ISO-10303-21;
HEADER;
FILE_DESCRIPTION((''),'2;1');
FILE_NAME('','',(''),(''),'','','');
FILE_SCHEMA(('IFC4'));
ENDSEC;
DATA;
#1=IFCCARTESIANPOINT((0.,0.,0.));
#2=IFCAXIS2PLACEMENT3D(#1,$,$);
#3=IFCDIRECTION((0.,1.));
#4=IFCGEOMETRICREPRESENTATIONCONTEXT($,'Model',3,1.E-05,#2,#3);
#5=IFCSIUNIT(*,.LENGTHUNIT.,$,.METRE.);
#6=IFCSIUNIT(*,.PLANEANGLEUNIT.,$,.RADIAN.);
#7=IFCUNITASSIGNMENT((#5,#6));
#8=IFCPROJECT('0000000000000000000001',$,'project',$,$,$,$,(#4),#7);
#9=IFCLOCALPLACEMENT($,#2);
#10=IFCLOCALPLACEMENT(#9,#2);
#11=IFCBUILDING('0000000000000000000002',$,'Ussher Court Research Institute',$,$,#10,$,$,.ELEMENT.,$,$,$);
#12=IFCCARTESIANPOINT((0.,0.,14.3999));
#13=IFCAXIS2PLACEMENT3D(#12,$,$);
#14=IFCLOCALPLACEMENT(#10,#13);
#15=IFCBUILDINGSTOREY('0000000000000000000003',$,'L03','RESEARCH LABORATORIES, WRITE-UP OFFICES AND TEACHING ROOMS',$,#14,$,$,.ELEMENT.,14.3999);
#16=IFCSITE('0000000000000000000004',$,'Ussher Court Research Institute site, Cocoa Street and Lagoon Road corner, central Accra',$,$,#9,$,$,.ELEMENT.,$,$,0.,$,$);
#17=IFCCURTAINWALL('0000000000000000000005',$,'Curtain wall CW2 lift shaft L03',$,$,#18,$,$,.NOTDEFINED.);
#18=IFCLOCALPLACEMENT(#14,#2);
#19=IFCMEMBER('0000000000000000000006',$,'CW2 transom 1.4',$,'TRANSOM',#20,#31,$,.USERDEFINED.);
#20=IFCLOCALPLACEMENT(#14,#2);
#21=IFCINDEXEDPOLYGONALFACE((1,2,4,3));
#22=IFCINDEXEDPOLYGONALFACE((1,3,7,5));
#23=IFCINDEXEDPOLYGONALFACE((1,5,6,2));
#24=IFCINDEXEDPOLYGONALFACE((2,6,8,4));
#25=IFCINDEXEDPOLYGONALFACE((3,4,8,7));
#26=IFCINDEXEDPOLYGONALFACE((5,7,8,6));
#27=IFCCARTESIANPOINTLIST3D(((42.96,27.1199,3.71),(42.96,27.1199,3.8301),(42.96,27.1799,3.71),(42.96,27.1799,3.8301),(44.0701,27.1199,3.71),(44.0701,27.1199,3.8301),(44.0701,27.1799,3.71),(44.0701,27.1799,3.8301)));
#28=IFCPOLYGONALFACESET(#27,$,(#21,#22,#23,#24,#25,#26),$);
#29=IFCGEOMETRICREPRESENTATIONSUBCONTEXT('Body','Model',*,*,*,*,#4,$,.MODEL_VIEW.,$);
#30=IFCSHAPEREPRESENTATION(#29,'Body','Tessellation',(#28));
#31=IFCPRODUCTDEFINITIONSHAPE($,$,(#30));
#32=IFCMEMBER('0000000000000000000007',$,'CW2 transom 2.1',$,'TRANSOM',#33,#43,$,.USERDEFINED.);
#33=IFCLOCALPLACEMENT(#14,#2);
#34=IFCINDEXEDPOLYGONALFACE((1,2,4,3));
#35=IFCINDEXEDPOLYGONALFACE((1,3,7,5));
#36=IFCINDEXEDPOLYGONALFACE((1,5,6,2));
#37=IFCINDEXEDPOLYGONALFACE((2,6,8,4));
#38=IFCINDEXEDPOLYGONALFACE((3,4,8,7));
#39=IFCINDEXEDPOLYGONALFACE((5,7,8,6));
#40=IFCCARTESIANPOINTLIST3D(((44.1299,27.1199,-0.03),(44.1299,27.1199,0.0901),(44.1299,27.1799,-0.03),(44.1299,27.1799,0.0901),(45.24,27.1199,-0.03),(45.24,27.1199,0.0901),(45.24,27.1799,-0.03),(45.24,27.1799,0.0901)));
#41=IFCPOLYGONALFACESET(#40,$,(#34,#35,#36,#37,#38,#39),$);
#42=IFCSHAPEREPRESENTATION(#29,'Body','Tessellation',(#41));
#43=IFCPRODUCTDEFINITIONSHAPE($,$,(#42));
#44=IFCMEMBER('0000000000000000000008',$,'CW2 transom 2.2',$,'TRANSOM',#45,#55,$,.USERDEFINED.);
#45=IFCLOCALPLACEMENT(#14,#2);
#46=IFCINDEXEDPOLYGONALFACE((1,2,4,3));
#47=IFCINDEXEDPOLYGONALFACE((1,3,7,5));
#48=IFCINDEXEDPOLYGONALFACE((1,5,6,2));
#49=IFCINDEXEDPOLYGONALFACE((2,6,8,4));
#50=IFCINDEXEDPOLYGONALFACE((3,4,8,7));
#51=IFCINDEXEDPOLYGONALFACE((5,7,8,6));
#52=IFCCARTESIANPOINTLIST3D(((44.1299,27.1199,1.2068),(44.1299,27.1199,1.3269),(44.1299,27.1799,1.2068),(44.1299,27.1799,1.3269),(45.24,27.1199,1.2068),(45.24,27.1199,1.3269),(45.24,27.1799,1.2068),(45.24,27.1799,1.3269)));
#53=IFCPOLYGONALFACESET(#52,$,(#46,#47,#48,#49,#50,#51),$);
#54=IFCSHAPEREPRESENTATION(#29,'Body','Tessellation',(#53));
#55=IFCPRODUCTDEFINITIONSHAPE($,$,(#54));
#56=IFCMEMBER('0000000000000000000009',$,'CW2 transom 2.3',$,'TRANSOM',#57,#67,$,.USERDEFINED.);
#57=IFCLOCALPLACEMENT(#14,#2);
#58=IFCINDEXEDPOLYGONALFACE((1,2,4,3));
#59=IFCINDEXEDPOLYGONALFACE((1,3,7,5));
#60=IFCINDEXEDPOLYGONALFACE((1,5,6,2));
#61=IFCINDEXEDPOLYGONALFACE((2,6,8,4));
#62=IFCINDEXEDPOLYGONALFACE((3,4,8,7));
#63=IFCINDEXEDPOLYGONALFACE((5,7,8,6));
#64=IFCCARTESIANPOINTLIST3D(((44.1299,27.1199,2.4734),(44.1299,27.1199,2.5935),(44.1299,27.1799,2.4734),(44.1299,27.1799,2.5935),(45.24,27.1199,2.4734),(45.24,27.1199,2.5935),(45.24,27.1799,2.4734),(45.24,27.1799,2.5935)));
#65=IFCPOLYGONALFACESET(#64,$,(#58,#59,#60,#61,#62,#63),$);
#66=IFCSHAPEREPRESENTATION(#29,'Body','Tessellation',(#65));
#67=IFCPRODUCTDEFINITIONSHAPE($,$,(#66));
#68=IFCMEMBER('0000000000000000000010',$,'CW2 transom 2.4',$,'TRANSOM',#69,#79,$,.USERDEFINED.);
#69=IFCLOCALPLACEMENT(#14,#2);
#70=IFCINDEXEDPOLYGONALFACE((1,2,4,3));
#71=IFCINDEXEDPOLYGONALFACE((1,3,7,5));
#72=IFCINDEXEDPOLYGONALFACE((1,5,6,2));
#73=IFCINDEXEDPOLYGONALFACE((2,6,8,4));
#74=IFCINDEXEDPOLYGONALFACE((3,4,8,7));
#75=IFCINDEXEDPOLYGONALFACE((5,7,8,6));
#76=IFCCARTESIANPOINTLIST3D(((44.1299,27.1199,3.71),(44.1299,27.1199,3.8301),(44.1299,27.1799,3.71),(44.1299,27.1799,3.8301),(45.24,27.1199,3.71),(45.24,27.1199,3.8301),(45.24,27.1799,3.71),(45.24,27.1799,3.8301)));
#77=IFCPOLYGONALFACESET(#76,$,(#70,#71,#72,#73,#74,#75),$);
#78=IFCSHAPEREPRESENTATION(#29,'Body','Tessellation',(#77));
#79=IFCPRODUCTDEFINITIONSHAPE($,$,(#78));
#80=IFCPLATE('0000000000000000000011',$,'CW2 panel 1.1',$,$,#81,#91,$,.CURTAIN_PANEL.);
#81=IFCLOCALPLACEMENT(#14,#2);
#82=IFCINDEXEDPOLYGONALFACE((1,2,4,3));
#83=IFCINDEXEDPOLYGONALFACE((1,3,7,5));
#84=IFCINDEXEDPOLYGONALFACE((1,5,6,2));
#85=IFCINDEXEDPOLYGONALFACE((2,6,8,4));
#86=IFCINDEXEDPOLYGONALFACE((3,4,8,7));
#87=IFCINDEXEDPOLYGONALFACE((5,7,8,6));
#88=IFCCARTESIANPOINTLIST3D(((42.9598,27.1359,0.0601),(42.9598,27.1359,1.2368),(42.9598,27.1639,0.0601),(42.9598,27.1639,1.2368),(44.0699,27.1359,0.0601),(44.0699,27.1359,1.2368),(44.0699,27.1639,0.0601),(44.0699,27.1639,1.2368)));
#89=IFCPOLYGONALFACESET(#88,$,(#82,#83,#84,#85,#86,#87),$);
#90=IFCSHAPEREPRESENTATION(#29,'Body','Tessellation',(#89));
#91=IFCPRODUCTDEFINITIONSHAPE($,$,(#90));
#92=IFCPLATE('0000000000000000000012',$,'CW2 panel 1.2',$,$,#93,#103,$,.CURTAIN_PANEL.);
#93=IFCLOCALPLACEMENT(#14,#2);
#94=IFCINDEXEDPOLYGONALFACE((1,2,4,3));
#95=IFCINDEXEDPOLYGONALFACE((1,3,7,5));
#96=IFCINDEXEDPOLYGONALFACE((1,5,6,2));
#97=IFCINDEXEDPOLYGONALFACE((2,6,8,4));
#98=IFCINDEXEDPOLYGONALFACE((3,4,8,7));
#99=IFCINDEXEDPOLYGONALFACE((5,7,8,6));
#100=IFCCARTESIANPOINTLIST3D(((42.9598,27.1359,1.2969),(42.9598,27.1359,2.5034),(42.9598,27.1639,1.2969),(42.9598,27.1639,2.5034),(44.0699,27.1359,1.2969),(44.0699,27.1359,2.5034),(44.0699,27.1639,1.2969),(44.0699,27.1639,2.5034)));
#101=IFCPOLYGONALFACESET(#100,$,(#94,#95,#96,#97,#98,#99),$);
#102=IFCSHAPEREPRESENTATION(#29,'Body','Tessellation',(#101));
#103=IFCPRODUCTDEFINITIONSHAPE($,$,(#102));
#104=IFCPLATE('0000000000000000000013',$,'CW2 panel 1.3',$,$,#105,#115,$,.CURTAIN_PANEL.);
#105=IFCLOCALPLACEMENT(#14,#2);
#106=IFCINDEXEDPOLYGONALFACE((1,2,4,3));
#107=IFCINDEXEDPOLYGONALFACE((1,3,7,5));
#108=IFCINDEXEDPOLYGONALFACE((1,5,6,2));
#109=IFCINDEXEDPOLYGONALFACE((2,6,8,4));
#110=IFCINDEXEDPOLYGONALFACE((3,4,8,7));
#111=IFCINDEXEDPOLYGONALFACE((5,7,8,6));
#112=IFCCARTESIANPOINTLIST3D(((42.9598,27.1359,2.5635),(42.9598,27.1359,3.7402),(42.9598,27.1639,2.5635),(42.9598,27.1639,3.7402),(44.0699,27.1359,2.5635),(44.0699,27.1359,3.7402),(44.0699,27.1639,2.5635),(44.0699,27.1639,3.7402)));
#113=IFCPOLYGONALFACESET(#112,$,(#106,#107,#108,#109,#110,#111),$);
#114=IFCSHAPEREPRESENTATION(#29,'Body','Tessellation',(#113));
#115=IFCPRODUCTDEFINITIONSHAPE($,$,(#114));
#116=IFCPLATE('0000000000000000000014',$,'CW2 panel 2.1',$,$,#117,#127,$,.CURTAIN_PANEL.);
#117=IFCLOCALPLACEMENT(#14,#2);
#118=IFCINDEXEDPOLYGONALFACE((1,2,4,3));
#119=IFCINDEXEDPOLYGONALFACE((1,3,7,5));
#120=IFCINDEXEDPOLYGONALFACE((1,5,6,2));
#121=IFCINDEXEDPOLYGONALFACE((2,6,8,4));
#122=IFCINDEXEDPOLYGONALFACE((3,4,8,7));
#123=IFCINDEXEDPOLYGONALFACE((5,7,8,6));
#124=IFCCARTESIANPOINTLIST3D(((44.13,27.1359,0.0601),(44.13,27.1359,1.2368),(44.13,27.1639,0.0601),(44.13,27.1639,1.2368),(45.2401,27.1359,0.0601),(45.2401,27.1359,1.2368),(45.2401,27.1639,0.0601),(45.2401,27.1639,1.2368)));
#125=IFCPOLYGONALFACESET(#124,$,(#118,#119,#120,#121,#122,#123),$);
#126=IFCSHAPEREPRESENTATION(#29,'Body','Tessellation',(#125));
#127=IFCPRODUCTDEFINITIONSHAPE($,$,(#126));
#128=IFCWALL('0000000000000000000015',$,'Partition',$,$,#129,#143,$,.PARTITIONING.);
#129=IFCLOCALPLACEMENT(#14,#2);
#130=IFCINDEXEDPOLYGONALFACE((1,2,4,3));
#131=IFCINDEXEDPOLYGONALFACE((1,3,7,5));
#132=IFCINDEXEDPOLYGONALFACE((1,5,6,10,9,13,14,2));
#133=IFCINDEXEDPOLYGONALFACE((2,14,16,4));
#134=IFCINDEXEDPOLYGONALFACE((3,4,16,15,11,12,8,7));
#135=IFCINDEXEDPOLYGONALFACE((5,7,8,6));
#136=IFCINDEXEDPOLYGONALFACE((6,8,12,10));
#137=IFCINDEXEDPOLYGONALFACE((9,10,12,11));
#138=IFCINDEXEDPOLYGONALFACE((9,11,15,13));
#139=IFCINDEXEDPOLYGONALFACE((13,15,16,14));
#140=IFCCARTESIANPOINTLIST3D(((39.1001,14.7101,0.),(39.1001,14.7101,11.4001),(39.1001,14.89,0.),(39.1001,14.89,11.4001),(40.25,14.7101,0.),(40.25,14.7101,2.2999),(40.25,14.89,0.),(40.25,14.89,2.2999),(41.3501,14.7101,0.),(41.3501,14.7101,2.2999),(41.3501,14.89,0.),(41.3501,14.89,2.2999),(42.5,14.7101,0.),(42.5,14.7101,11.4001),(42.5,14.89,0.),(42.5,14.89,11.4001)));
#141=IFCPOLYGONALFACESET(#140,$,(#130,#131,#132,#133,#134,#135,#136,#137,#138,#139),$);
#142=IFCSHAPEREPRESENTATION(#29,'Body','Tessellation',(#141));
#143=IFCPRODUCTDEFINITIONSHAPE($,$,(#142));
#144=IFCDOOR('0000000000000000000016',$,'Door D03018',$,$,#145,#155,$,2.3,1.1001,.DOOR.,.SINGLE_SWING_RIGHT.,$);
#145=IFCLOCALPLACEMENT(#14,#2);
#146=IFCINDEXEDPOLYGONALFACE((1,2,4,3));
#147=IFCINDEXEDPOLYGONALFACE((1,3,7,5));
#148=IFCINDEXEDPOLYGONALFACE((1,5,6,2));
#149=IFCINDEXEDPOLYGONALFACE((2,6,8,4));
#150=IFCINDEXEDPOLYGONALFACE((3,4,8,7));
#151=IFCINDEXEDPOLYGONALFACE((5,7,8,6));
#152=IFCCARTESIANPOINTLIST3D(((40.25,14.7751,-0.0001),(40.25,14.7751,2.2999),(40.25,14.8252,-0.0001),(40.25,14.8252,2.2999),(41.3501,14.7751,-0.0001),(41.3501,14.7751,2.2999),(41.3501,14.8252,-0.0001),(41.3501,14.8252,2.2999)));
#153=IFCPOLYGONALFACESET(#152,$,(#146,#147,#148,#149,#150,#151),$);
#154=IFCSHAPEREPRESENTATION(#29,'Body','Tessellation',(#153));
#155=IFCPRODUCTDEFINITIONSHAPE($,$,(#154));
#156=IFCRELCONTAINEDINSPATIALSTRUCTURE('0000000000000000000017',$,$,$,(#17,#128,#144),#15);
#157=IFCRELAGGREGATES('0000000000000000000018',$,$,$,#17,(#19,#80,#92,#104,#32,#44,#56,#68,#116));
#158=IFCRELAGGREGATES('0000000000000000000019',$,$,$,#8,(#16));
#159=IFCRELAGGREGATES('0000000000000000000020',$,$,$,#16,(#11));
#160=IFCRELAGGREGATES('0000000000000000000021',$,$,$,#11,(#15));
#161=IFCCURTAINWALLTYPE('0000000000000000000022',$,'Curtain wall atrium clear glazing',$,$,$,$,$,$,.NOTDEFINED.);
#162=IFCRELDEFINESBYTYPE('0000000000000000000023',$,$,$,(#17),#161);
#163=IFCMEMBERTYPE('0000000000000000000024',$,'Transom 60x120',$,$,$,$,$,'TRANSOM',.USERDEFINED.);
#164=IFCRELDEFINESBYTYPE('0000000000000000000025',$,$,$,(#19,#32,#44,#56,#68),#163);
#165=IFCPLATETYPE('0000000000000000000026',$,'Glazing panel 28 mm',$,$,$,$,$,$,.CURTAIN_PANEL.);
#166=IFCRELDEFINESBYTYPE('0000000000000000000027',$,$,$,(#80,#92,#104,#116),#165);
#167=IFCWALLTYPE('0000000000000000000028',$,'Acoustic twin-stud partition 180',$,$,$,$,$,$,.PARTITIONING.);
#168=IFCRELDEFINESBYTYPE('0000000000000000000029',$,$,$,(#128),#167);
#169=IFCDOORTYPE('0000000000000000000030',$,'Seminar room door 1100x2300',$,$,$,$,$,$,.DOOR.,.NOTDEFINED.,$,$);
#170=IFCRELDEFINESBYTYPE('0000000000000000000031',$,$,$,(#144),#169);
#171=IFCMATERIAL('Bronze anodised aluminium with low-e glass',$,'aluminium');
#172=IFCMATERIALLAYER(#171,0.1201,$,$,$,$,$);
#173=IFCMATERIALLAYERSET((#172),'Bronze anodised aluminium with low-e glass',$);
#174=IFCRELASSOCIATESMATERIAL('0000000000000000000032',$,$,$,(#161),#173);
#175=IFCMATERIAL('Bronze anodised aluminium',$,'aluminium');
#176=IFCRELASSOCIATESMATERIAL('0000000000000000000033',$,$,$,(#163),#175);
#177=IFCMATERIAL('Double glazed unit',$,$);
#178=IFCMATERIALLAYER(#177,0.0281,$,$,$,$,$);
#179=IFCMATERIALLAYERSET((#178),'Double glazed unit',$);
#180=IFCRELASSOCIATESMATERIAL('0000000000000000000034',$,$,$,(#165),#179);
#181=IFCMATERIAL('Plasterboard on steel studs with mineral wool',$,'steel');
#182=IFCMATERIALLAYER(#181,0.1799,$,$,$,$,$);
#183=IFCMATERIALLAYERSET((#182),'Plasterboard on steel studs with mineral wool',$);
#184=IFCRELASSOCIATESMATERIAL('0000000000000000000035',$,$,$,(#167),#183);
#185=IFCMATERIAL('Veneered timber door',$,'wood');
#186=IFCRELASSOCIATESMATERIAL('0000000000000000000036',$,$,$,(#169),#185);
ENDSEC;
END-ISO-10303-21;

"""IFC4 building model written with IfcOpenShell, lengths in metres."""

from ifc_helpers import new_model, si_unit, direction, frame, frame_2d, origin, origin_2d, place, context, subcontext, project, spatial, rectangle, extrude, material, layer, layer_set, material_profile, profile_set, type_object, element, fill, aggregate, save


model = new_model("IFC4")

# Units and contexts
model_context = context("Model", 3, precision=1e-05, world=origin(), true_north=direction((0.0, 1.0)))
body_context = subcontext(model_context, "Body", "Model", "MODEL_VIEW")
ifc_project = project(units=[si_unit("LENGTHUNIT", "METRE"), si_unit("PLANEANGLEUNIT", "RADIAN")], contexts=[model_context])

# Site, building, storey
site_placement = place(None, origin())
site = spatial("IfcSite", under=ifc_project, at=site_placement, Name="Ussher Court Research Institute site, Cocoa Street and Lagoon Road corner, central Accra", CompositionType="ELEMENT", RefElevation=0.0)
building_placement = place(site_placement, origin())
building = spatial("IfcBuilding", under=site, at=building_placement, Name="Ussher Court Research Institute", CompositionType="ELEMENT")
storey_placement = place(building_placement, frame((0.0, 0.0, 14.3999)))
storey = spatial("IfcBuildingStorey", under=building, at=storey_placement, Name="L03", Description="RESEARCH LABORATORIES, WRITE-UP OFFICES AND TEACHING ROOMS", CompositionType="ELEMENT", Elevation=14.3999)

# Curtain wall
ifc_material_1 = material(Name="Bronze anodised aluminium with low-e glass", Category="aluminium")
ifc_layer_1 = layer(ifc_material_1, 0.1201)
ifc_layer_set_1 = layer_set([ifc_layer_1], Name="Bronze anodised aluminium with low-e glass")
curtain_wall_type = type_object("IfcCurtainWallType", Name="Curtain wall atrium clear glazing", PredefinedType="NOTDEFINED", material=ifc_layer_set_1)
curtain_wall_placement = place(storey_placement, origin())
curtain_wall = element("IfcCurtainWall", 1, at=curtain_wall_placement, inside=storey, type_object=curtain_wall_type, Name="Curtain wall CW2 lift shaft L03", PredefinedType="NOTDEFINED")

# Members
ifc_material_2 = material(Name="Bronze anodised aluminium", Category="aluminium")
ifc_material_profile_1 = material_profile(ifc_material_2, rectangle(XDim=0.0601, YDim=0.1201, at=origin_2d()), Name="Transom 60x120")
ifc_profile_set_1 = profile_set([ifc_material_profile_1], Name="Bronze anodised aluminium")
member_type_1 = type_object("IfcMemberType", Name="Transom 60x120", ElementType="TRANSOM", PredefinedType="USERDEFINED", material=ifc_profile_set_1)
member_1_placement = place(storey_placement, frame((42.96, 27.1499, 3.77), z_axis=(1.0, 0.0, 0.0), x_axis=(0.0, 1.0, 0.0)))
member_1 = element("IfcMember", 2, at=member_1_placement, type_object=member_type_1, Name="CW2 transom 1.4", ObjectType="TRANSOM", PredefinedType="USERDEFINED", context=body_context, shape_type="SweptSolid", body=[
    extrude(rectangle(XDim=0.0601, YDim=0.1201, at=origin_2d()), origin(), (0.0, 0.0, 1.0), 1.1101),
])
member_2_placement = place(storey_placement, frame((44.1299, 27.1499, 0.03), z_axis=(1.0, 0.0, 0.0), x_axis=(0.0, 1.0, 0.0)))
member_2 = element("IfcMember", 3, at=member_2_placement, type_object=member_type_1, Name="CW2 transom 2.1", ObjectType="TRANSOM", PredefinedType="USERDEFINED", context=body_context, shape_type="SweptSolid", body=[
    extrude(rectangle(XDim=0.0601, YDim=0.1201, at=origin_2d()), origin(), (0.0, 0.0, 1.0), 1.1101),
])
member_3_placement = place(storey_placement, frame((44.1299, 27.1499, 1.2668), z_axis=(1.0, 0.0, 0.0), x_axis=(0.0, 1.0, 0.0)))
member_3 = element("IfcMember", 4, at=member_3_placement, type_object=member_type_1, Name="CW2 transom 2.2", ObjectType="TRANSOM", PredefinedType="USERDEFINED", context=body_context, shape_type="SweptSolid", body=[
    extrude(rectangle(XDim=0.0601, YDim=0.1201, at=origin_2d()), origin(), (0.0, 0.0, 1.0), 1.1101),
])
member_4_placement = place(storey_placement, frame((44.1299, 27.1499, 2.5334), z_axis=(1.0, 0.0, 0.0), x_axis=(0.0, 1.0, 0.0)))
member_4 = element("IfcMember", 5, at=member_4_placement, type_object=member_type_1, Name="CW2 transom 2.3", ObjectType="TRANSOM", PredefinedType="USERDEFINED", context=body_context, shape_type="SweptSolid", body=[
    extrude(rectangle(XDim=0.0601, YDim=0.1201, at=origin_2d()), origin(), (0.0, 0.0, 1.0), 1.1101),
])
member_5_placement = place(storey_placement, frame((44.1299, 27.1499, 3.77), z_axis=(1.0, 0.0, 0.0), x_axis=(0.0, 1.0, 0.0)))
member_5 = element("IfcMember", 6, at=member_5_placement, type_object=member_type_1, Name="CW2 transom 2.4", ObjectType="TRANSOM", PredefinedType="USERDEFINED", context=body_context, shape_type="SweptSolid", body=[
    extrude(rectangle(XDim=0.0601, YDim=0.1201, at=origin_2d()), origin(), (0.0, 0.0, 1.0), 1.1101),
])

# Plates
ifc_material_3 = material(Name="Double glazed unit")
ifc_layer_2 = layer(ifc_material_3, 0.0281)
ifc_layer_set_2 = layer_set([ifc_layer_2], Name="Double glazed unit")
plate_type = type_object("IfcPlateType", Name="Glazing panel 28 mm", PredefinedType="CURTAIN_PANEL", material=ifc_layer_set_2)
plate_1_placement = place(storey_placement, frame((43.5149, 27.1499, 0.0601), z_axis=(0.0, 0.0, 1.0), x_axis=(1.0, 0.0, 0.0)))
plate_1 = element("IfcPlate", 7, at=plate_1_placement, type_object=plate_type, Name="CW2 panel 1.1", PredefinedType="CURTAIN_PANEL", context=body_context, shape_type="SweptSolid", body=[
    extrude(rectangle(XDim=1.1101, YDim=0.0281, at=origin_2d()), origin(), (0.0, 0.0, 1.0), 1.1768),
])
plate_2_placement = place(storey_placement, frame((43.5149, 27.1499, 1.2969), z_axis=(0.0, 0.0, 1.0), x_axis=(1.0, 0.0, 0.0)))
plate_2 = element("IfcPlate", 8, at=plate_2_placement, type_object=plate_type, Name="CW2 panel 1.2", PredefinedType="CURTAIN_PANEL", context=body_context, shape_type="SweptSolid", body=[
    extrude(rectangle(XDim=1.1101, YDim=0.0281, at=origin_2d()), origin(), (0.0, 0.0, 1.0), 1.2065),
])
plate_3_placement = place(storey_placement, frame((43.5149, 27.1499, 2.5635), z_axis=(0.0, 0.0, 1.0), x_axis=(1.0, 0.0, 0.0)))
plate_3 = element("IfcPlate", 9, at=plate_3_placement, type_object=plate_type, Name="CW2 panel 1.3", PredefinedType="CURTAIN_PANEL", context=body_context, shape_type="SweptSolid", body=[
    extrude(rectangle(XDim=1.1101, YDim=0.0281, at=origin_2d()), origin(), (0.0, 0.0, 1.0), 1.1768),
])
plate_4_placement = place(storey_placement, frame((44.6851, 27.1499, 0.0601), z_axis=(0.0, 0.0, 1.0), x_axis=(1.0, 0.0, 0.0)))
plate_4 = element("IfcPlate", 10, at=plate_4_placement, type_object=plate_type, Name="CW2 panel 2.1", PredefinedType="CURTAIN_PANEL", context=body_context, shape_type="SweptSolid", body=[
    extrude(rectangle(XDim=1.1101, YDim=0.0281, at=origin_2d()), origin(), (0.0, 0.0, 1.0), 1.1768),
])
aggregate(curtain_wall, [member_1, plate_1, plate_2, plate_3, member_2, member_3, member_4, member_5, plate_4])

# Wall, opening, door
ifc_material_4 = material(Name="Plasterboard on steel studs with mineral wool", Category="steel")
ifc_layer_3 = layer(ifc_material_4, 0.1799)
ifc_layer_set_3 = layer_set([ifc_layer_3], Name="Plasterboard on steel studs with mineral wool")
wall_type_1 = type_object("IfcWallType", Name="Acoustic twin-stud partition 180", PredefinedType="PARTITIONING", material=ifc_layer_set_3)
wall_1_placement = place(storey_placement, frame((42.5, 14.8, 0.0), z_axis=(0.0, 0.0, 1.0), x_axis=(-1.0, 0.0, 0.0)))
wall_1 = element("IfcWall", 11, at=wall_1_placement, inside=storey, type_object=wall_type_1, Name="Partition", PredefinedType="PARTITIONING", context=body_context, shape_type="SweptSolid", body=[
    extrude(rectangle(XDim=3.3999, YDim=0.1799, at=frame_2d((1.7, 0.0))), origin(), (0.0, 0.0, 1.0), 11.4001),
])
opening_1_placement = place(wall_1_placement, frame((1.1499, 0.0, 0.0)))
opening_1 = element("IfcOpeningElement", 12, at=opening_1_placement, cuts=wall_1, PredefinedType="OPENING", context=body_context, shape_type="SweptSolid", body=[
    extrude(rectangle(XDim=1.1001, YDim=2.3, at=frame_2d((0.55, 1.1499))), frame((0.0, 0.1001, 0.0), z_axis=(0.0, -1.0, 0.0), x_axis=(1.0, 0.0, 0.0)), (0.0, 0.0, 1.0), 0.2),
])
ifc_material_5 = material(Name="Veneered timber door", Category="wood")
door_type_1 = type_object("IfcDoorType", Name="Seminar room door 1100x2300", OperationType="NOTDEFINED", PredefinedType="DOOR", material=ifc_material_5)
door_1_placement = place(opening_1_placement, origin())
door_1 = element("IfcDoor", 13, at=door_1_placement, inside=storey, type_object=door_type_1, Name="Door D03018", OperationType="SINGLE_SWING_RIGHT", OverallHeight=2.3, OverallWidth=1.1001, PredefinedType="DOOR", context=body_context, shape_type="SweptSolid", body=[
    extrude(rectangle(XDim=1.1001, YDim=2.3, at=frame_2d((0.55, 1.1499))), frame((0.0, 0.0249, 0.0), z_axis=(0.0, -1.0, 0.0), x_axis=(1.0, 0.0, 0.0)), (0.0, 0.0, 1.0), 0.05),
])
fill(opening_1, door_1)

save(model, "model.ifc")
